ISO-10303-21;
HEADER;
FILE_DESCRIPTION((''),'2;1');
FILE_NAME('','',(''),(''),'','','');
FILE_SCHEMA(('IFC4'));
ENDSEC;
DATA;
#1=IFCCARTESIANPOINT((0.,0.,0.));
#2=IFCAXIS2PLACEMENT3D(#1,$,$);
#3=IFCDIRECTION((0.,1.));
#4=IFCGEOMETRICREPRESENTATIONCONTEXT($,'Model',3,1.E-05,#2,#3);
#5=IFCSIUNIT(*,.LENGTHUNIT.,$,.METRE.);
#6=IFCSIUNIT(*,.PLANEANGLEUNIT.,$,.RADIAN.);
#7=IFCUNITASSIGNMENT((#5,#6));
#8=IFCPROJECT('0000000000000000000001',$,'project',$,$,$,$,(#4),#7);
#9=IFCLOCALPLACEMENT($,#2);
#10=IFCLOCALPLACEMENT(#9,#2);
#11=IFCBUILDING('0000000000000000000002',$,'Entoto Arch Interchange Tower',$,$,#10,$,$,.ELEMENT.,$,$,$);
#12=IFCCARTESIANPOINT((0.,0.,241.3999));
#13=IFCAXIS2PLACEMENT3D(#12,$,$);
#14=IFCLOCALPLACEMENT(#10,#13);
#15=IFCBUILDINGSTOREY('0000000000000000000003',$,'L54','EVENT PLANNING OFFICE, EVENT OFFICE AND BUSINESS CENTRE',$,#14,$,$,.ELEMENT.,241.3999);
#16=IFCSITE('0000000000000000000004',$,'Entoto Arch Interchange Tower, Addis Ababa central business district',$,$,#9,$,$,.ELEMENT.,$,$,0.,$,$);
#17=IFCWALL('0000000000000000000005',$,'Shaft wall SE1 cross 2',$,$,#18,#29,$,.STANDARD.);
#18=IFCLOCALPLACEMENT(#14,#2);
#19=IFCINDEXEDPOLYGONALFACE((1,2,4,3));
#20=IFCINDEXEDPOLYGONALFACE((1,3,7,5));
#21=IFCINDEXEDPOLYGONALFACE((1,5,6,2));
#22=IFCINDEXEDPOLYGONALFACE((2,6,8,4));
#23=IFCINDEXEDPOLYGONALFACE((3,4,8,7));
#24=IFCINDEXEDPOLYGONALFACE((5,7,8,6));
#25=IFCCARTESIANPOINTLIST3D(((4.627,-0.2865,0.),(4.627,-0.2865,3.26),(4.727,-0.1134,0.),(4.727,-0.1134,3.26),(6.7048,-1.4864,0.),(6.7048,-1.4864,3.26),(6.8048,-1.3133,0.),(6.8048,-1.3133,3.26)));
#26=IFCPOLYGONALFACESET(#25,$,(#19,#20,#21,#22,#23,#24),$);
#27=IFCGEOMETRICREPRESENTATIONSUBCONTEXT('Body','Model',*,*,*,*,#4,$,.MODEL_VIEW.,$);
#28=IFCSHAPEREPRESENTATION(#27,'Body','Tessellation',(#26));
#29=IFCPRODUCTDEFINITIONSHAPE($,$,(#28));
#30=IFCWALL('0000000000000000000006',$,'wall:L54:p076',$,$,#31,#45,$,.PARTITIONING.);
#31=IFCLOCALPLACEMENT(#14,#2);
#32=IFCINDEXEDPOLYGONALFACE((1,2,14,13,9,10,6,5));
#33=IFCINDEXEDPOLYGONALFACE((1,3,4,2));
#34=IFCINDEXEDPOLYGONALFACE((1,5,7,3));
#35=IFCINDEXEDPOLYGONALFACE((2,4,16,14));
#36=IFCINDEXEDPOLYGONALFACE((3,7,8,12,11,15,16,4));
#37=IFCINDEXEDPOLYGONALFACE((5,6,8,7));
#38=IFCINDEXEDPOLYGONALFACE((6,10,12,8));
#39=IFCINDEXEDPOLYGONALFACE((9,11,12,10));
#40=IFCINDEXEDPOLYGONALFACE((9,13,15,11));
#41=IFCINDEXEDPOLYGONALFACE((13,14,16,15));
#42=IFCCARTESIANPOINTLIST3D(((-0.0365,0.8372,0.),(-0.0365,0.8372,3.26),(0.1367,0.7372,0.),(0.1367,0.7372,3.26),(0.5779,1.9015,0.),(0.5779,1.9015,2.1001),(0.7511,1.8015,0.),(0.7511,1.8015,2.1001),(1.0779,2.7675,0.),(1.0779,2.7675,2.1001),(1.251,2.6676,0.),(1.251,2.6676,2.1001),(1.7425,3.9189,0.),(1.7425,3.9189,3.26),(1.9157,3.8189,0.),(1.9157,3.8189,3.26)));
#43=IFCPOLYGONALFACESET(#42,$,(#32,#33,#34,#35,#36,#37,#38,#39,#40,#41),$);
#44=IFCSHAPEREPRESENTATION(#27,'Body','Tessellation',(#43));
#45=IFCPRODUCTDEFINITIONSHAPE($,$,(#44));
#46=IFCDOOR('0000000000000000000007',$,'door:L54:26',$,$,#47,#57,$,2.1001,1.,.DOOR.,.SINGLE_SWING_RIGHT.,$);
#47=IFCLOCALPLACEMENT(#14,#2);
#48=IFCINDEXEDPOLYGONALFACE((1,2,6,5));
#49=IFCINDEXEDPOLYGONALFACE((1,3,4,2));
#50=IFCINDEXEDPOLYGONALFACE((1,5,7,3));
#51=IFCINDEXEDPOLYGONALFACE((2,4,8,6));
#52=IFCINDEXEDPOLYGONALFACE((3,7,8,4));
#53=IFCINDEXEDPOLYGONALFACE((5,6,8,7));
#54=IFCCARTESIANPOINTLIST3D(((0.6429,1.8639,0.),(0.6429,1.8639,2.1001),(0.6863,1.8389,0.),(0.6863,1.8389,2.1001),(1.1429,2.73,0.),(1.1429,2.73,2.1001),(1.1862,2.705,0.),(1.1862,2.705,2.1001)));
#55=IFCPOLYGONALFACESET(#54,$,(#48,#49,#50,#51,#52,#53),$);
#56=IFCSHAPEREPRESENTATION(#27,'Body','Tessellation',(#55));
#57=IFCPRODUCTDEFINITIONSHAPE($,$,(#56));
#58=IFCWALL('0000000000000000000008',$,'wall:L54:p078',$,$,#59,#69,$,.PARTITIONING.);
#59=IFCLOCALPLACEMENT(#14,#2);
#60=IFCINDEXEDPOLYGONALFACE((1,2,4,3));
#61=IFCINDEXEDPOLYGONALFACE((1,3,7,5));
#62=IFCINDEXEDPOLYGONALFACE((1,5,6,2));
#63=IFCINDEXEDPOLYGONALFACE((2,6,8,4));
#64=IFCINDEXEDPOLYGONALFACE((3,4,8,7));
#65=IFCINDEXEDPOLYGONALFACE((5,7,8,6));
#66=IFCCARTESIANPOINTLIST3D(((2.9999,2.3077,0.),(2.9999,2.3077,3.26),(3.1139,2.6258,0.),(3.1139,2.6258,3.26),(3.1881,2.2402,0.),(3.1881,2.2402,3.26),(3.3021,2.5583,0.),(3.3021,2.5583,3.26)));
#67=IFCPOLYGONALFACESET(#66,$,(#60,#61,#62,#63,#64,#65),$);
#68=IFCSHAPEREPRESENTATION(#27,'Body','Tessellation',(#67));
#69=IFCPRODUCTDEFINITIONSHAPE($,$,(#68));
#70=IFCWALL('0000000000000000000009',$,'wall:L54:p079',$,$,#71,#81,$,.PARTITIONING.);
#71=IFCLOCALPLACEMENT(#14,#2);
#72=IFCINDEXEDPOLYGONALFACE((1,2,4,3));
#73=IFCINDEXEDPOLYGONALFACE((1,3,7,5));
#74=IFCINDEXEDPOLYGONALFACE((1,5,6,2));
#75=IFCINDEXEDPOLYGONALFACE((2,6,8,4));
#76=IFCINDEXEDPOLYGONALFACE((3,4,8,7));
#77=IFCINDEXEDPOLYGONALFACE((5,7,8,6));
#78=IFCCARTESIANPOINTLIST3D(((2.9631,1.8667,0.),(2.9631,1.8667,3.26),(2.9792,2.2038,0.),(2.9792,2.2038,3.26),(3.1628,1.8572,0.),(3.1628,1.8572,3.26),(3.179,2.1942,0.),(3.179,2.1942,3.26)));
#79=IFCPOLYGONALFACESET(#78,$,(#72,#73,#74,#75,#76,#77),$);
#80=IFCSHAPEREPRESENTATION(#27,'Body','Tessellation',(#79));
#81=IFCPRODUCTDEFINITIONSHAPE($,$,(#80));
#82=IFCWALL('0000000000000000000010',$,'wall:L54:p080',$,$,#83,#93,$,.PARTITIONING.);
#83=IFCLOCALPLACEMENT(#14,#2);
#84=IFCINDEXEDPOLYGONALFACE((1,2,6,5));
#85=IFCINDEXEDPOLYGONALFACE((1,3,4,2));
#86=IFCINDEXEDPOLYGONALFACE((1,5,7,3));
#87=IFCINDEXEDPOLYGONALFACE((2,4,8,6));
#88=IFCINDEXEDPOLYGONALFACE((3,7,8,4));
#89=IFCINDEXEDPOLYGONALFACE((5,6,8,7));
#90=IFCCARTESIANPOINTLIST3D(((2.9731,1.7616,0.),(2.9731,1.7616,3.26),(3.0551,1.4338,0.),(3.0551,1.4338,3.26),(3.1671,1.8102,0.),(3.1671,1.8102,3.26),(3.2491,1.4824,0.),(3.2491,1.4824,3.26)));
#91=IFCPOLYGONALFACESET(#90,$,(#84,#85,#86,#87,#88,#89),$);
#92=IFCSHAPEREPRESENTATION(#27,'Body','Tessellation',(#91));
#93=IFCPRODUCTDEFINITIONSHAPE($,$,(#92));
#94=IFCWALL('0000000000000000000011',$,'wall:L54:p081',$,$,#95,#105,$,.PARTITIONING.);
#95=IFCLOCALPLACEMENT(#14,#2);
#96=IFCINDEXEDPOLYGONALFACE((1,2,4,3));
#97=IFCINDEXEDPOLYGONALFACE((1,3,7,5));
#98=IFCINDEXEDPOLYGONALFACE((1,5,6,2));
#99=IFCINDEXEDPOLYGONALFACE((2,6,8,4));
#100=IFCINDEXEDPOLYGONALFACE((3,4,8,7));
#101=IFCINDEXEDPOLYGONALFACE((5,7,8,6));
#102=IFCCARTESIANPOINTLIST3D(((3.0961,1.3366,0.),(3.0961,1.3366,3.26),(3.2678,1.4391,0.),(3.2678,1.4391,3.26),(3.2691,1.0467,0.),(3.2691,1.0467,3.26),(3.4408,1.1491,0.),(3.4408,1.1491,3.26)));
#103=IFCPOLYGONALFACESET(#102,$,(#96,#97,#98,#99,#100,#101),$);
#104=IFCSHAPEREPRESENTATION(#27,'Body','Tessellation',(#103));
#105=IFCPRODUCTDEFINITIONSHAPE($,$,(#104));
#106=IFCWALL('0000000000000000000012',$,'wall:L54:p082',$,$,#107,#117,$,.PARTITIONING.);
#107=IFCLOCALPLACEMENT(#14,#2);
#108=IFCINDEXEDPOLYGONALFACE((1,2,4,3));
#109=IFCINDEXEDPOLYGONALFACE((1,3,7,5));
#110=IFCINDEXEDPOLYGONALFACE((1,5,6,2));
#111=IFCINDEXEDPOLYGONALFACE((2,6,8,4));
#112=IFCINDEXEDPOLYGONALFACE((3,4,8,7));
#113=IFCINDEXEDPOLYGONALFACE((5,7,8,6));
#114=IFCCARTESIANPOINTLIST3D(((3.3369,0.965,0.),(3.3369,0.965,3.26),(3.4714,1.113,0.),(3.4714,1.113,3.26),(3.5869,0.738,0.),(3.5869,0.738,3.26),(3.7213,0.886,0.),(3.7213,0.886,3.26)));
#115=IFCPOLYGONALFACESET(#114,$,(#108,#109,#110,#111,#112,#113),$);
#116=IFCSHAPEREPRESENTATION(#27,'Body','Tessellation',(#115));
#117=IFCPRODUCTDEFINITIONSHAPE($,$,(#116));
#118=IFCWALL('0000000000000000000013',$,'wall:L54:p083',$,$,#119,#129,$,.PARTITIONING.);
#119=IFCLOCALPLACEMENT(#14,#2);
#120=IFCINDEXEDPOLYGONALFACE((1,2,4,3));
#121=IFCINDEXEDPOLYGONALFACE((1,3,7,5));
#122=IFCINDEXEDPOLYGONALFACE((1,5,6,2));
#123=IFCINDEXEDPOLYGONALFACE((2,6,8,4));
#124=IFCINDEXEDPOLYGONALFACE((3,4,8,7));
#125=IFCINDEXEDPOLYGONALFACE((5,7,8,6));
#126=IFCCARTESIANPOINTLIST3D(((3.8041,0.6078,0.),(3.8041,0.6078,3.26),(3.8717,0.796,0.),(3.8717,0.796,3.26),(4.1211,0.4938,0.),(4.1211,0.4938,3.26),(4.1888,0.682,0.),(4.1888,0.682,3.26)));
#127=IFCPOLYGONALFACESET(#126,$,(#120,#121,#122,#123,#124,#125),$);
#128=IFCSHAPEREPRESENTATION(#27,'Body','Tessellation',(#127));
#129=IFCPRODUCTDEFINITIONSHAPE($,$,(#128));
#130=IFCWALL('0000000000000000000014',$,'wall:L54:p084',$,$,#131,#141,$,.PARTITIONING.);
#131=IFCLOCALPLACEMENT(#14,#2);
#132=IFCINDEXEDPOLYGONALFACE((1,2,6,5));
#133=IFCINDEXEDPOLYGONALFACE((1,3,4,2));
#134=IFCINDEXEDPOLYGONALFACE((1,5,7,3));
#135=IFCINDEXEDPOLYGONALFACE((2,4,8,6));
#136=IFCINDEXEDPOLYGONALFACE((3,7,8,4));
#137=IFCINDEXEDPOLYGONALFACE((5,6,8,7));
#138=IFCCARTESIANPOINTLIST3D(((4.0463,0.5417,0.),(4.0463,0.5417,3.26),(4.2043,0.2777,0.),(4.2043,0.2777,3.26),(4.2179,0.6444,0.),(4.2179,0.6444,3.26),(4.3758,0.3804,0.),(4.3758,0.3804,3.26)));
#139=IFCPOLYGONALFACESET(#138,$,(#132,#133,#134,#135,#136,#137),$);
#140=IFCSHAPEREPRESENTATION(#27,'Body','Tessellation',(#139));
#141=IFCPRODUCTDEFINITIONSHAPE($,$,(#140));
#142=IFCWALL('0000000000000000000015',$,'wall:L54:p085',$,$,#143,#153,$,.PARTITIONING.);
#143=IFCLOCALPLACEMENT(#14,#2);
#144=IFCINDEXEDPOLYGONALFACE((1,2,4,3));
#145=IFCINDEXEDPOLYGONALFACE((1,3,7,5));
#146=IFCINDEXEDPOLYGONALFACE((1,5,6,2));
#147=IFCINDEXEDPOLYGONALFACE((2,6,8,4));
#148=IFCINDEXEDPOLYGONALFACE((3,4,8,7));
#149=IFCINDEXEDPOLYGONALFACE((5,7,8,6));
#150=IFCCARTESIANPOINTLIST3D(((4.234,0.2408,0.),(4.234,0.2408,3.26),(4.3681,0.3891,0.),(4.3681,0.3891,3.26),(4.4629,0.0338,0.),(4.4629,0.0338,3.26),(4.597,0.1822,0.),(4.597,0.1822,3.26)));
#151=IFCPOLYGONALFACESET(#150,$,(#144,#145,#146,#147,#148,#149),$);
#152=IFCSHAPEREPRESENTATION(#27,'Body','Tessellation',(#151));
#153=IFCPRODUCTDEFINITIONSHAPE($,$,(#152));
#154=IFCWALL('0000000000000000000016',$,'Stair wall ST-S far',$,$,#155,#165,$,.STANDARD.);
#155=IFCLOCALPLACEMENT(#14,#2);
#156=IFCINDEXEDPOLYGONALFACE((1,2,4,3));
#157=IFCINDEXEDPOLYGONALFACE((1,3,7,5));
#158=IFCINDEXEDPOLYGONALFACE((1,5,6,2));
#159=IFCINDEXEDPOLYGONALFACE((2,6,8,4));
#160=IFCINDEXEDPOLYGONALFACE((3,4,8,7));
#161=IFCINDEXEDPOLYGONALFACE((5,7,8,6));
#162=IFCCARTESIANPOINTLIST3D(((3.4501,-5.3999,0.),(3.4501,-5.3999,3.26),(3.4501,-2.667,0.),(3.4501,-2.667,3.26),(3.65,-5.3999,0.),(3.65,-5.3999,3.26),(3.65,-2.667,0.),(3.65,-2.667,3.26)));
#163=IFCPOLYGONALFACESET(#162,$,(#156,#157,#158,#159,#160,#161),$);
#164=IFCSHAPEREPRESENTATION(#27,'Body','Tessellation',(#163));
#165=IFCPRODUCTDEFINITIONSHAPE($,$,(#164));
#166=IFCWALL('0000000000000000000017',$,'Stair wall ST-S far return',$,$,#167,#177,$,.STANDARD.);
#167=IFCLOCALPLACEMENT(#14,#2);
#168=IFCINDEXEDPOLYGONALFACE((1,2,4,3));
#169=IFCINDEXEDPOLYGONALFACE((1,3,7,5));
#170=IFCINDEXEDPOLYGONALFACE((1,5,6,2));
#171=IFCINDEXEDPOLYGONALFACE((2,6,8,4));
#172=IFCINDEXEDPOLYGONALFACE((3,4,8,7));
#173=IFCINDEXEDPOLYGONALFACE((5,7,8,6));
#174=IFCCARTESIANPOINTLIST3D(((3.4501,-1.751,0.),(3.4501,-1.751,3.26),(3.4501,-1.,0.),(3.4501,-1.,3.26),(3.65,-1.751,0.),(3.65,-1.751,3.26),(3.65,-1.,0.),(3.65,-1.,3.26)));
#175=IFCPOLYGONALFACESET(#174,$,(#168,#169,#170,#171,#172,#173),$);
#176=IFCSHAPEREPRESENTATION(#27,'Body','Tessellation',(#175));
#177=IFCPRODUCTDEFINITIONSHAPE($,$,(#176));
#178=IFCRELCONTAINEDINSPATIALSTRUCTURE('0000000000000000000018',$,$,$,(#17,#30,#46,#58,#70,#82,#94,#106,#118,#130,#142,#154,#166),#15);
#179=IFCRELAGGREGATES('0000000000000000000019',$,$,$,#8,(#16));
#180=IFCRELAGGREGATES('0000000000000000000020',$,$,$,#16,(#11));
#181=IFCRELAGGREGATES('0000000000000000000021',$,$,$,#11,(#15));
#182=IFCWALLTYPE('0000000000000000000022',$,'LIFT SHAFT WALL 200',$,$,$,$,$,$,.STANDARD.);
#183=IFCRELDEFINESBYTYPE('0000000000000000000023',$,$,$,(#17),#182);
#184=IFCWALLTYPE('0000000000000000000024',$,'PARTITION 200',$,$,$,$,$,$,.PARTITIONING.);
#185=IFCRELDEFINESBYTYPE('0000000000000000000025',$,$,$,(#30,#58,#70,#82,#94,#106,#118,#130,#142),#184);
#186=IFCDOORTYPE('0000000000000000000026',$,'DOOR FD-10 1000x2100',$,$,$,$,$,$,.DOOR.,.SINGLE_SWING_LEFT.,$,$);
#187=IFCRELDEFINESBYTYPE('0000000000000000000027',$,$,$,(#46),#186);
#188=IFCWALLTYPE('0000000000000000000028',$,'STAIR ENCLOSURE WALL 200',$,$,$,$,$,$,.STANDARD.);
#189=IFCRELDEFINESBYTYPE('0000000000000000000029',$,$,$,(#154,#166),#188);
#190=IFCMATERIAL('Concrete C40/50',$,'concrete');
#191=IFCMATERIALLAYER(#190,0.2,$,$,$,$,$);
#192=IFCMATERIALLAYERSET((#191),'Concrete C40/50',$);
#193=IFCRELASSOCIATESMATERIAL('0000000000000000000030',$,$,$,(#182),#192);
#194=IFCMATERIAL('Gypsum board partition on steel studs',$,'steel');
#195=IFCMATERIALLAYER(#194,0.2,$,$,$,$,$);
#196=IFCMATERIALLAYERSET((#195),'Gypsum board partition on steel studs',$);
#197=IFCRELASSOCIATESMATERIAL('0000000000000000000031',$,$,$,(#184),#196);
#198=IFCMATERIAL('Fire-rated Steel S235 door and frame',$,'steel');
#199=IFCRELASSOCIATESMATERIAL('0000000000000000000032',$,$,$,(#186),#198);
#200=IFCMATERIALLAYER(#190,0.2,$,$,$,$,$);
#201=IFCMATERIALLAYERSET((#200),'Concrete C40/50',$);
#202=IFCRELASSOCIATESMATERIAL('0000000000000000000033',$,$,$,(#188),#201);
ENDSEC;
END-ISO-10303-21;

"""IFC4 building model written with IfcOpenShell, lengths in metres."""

from ifc_helpers import new_model, si_unit, direction, frame, frame_2d, origin, place, context, subcontext, project, spatial, rectangle, extrude, material, layer, layer_set, type_object, element, fill, save


model = new_model("IFC4")

# Units and contexts
model_context = context("Model", 3, precision=1e-05, world=origin(), true_north=direction((0.0, 1.0)))
body_context = subcontext(model_context, "Body", "Model", "MODEL_VIEW")
ifc_project = project(units=[si_unit("LENGTHUNIT", "METRE"), si_unit("PLANEANGLEUNIT", "RADIAN")], contexts=[model_context])

# Site, building, storey
site_placement = place(None, origin())
site = spatial("IfcSite", under=ifc_project, at=site_placement, Name="Entoto Arch Interchange Tower, Addis Ababa central business district", CompositionType="ELEMENT", RefElevation=0.0)
building_placement = place(site_placement, origin())
building = spatial("IfcBuilding", under=site, at=building_placement, Name="Entoto Arch Interchange Tower", CompositionType="ELEMENT")
storey_placement = place(building_placement, frame((0.0, 0.0, 241.3999)))
storey = spatial("IfcBuildingStorey", under=building, at=storey_placement, Name="L54", Description="EVENT PLANNING OFFICE, EVENT OFFICE AND BUSINESS CENTRE", CompositionType="ELEMENT", Elevation=241.3999)

# Shared definitions
ifc_material_1 = material(Name="Concrete C40/50", Category="concrete")

# Shared definitions
ifc_layer_1 = layer(ifc_material_1, 0.2)
ifc_layer_set_1 = layer_set([ifc_layer_1], Name="Concrete C40/50")
wall_type_1 = type_object("IfcWallType", Name="LIFT SHAFT WALL 200", PredefinedType="STANDARD", material=ifc_layer_set_1)

# Wall
wall_1_placement = place(storey_placement, frame((4.677, -0.2, 0.0), z_axis=(0.0, 0.0, 1.0), x_axis=(0.865974, -0.500089, 0.0)))
element("IfcWall", 1, at=wall_1_placement, inside=storey, type_object=wall_type_1, Name="Shaft wall SE1 cross 2", PredefinedType="STANDARD", context=body_context, shape_type="SweptSolid", body=[
    extrude(rectangle(XDim=2.3994, YDim=0.2, at=frame_2d((1.1997, 0.0))), origin(), (0.0, 0.0, 1.0), 3.26),
])

# Wall, opening, door
ifc_material_2 = material(Name="Gypsum board partition on steel studs", Category="steel")
ifc_layer_2 = layer(ifc_material_2, 0.2)
ifc_layer_set_2 = layer_set([ifc_layer_2], Name="Gypsum board partition on steel studs")
wall_type_2 = type_object("IfcWallType", Name="PARTITION 200", PredefinedType="PARTITIONING", material=ifc_layer_set_2)
wall_2_placement = place(storey_placement, frame((0.05, 0.7871, 0.0), z_axis=(0.0, 0.0, 1.0), x_axis=(0.499954, 0.866052, 0.0)))
wall_2 = element("IfcWall", 2, at=wall_2_placement, inside=storey, type_object=wall_type_2, Name="wall:L54:p076", PredefinedType="PARTITIONING", context=body_context, shape_type="SweptSolid", body=[
    extrude(rectangle(XDim=3.5583, YDim=0.2, at=frame_2d((1.7793, 0.0))), origin(), (0.0, 0.0, 1.0), 3.26),
])
opening_1_placement = place(wall_2_placement, frame((1.229, 0.0, 0.0)))
opening_1 = element("IfcOpeningElement", 3, at=opening_1_placement, cuts=wall_2, PredefinedType="OPENING", context=body_context, shape_type="SweptSolid", body=[
    extrude(rectangle(XDim=1.0, YDim=2.1001, at=frame_2d((0.5, 1.05))), frame((0.0, 0.1099, 0.0), z_axis=(0.0, -1.0, 0.0), x_axis=(1.0, 0.0, 0.0)), (0.0, 0.0, 1.0), 0.22),
])
ifc_material_3 = material(Name="Fire-rated Steel S235 door and frame", Category="steel")
door_type_1 = type_object("IfcDoorType", Name="DOOR FD-10 1000x2100", OperationType="SINGLE_SWING_LEFT", PredefinedType="DOOR", material=ifc_material_3)
door_1_placement = place(opening_1_placement, origin())
door_1 = element("IfcDoor", 4, at=door_1_placement, inside=storey, type_object=door_type_1, Name="door:L54:26", OperationType="SINGLE_SWING_RIGHT", OverallHeight=2.1001, OverallWidth=1.0, PredefinedType="DOOR", context=body_context, shape_type="SweptSolid", body=[
    extrude(rectangle(XDim=1.0, YDim=2.1001, at=frame_2d((0.5, 1.05))), frame((0.0, 0.0249, 0.0), z_axis=(0.0, -1.0, 0.0), x_axis=(1.0, 0.0, 0.0)), (0.0, 0.0, 1.0), 0.05),
])
fill(opening_1, door_1)

# Walls
wall_3_placement = place(storey_placement, frame((3.208, 2.592, 0.0), z_axis=(0.0, 0.0, 1.0), x_axis=(-0.337389, -0.941365, 0.0)))
element("IfcWall", 5, at=wall_3_placement, inside=storey, type_object=wall_type_2, Name="wall:L54:p078", PredefinedType="PARTITIONING", context=body_context, shape_type="SweptSolid", body=[
    extrude(rectangle(XDim=0.3379, YDim=0.2, at=frame_2d((0.1689, 0.0))), origin(), (0.0, 0.0, 1.0), 3.26),
])
wall_4_placement = place(storey_placement, frame((3.0791, 2.199, 0.0), z_axis=(0.0, 0.0, 1.0), x_axis=(-0.047771, -0.998858, 0.0)))
element("IfcWall", 6, at=wall_4_placement, inside=storey, type_object=wall_type_2, Name="wall:L54:p079", PredefinedType="PARTITIONING", context=body_context, shape_type="SweptSolid", body=[
    extrude(rectangle(XDim=0.3374, YDim=0.2, at=frame_2d((0.1687, 0.0))), origin(), (0.0, 0.0, 1.0), 3.26),
])
wall_5_placement = place(storey_placement, frame((3.0701, 1.7859, 0.0), z_axis=(0.0, 0.0, 1.0), x_axis=(0.242706, -0.9701, 0.0)))
element("IfcWall", 7, at=wall_5_placement, inside=storey, type_object=wall_type_2, Name="wall:L54:p080", PredefinedType="PARTITIONING", context=body_context, shape_type="SweptSolid", body=[
    extrude(rectangle(XDim=0.3379, YDim=0.2, at=frame_2d((0.1689, 0.0))), origin(), (0.0, 0.0, 1.0), 3.26),
])
for number, where, z_axis, x_axis, name in (
    (8, (3.1819, 1.3879, 0.0), (0.0, 0.0, 1.0), (0.512475, -0.858702, 0.0), "wall:L54:p081"),
    (9, (3.4041, 1.0391, 0.0), (0.0, 0.0, 1.0), (0.740267, -0.672313, 0.0), "wall:L54:p082"),
):
    element("IfcWall", number, at=place(storey_placement, frame(where, z_axis=z_axis, x_axis=x_axis)), inside=storey, type_object=wall_type_2, Name=name, PredefinedType="PARTITIONING", context=body_context, shape_type="SweptSolid", body=[
        extrude(rectangle(XDim=0.3376, YDim=0.2, at=frame_2d((0.1689, 0.0))), origin(), (0.0, 0.0, 1.0), 3.26),
    ])
wall_6_placement = place(storey_placement, frame((3.8379, 0.7019, 0.0), z_axis=(0.0, 0.0, 1.0), x_axis=(0.941035, -0.338309, 0.0)))
element("IfcWall", 10, at=wall_6_placement, inside=storey, type_object=wall_type_2, Name="wall:L54:p083", PredefinedType="PARTITIONING", context=body_context, shape_type="SweptSolid", body=[
    extrude(rectangle(XDim=0.3369, YDim=0.2, at=frame_2d((0.1685, 0.0))), origin(), (0.0, 0.0, 1.0), 3.26),
])
wall_7_placement = place(storey_placement, frame((4.1321, 0.593, 0.0), z_axis=(0.0, 0.0, 1.0), x_axis=(0.513562, -0.858053, 0.0)))
element("IfcWall", 11, at=wall_7_placement, inside=storey, type_object=wall_type_2, Name="wall:L54:p084", PredefinedType="PARTITIONING", context=body_context, shape_type="SweptSolid", body=[
    extrude(rectangle(XDim=0.3076, YDim=0.2, at=frame_2d((0.1538, 0.0))), origin(), (0.0, 0.0, 1.0), 3.26),
])
wall_8_placement = place(storey_placement, frame((4.301, 0.3149, 0.0), z_axis=(0.0, 0.0, 1.0), x_axis=(0.741798, -0.670623, 0.0)))
element("IfcWall", 12, at=wall_8_placement, inside=storey, type_object=wall_type_2, Name="wall:L54:p085", PredefinedType="PARTITIONING", context=body_context, shape_type="SweptSolid", body=[
    extrude(rectangle(XDim=0.3086, YDim=0.2, at=frame_2d((0.1543, 0.0))), origin(), (0.0, 0.0, 1.0), 3.26),
])
ifc_layer_3 = layer(ifc_material_1, 0.2)
ifc_layer_set_3 = layer_set([ifc_layer_3], Name="Concrete C40/50")
wall_type_3 = type_object("IfcWallType", Name="STAIR ENCLOSURE WALL 200", PredefinedType="STANDARD", material=ifc_layer_set_3)
wall_9_placement = place(storey_placement, frame((3.55, -2.667, 0.0), z_axis=(0.0, 0.0, 1.0), x_axis=(0.0, -1.0, 0.0)))
element("IfcWall", 13, at=wall_9_placement, inside=storey, type_object=wall_type_3, Name="Stair wall ST-S far", PredefinedType="STANDARD", context=body_context, shape_type="SweptSolid", body=[
    extrude(rectangle(XDim=2.7329, YDim=0.2, at=frame_2d((1.3665, 0.0))), origin(), (0.0, 0.0, 1.0), 3.26),
])
wall_10_placement = place(storey_placement, frame((3.55, -1.0, 0.0), z_axis=(0.0, 0.0, 1.0), x_axis=(0.0, -1.0, 0.0)))
element("IfcWall", 14, at=wall_10_placement, inside=storey, type_object=wall_type_3, Name="Stair wall ST-S far return", PredefinedType="STANDARD", context=body_context, shape_type="SweptSolid", body=[
    extrude(rectangle(XDim=0.751, YDim=0.2, at=frame_2d((0.3755, 0.0))), origin(), (0.0, 0.0, 1.0), 3.26),
])

save(model, "model.ifc")
